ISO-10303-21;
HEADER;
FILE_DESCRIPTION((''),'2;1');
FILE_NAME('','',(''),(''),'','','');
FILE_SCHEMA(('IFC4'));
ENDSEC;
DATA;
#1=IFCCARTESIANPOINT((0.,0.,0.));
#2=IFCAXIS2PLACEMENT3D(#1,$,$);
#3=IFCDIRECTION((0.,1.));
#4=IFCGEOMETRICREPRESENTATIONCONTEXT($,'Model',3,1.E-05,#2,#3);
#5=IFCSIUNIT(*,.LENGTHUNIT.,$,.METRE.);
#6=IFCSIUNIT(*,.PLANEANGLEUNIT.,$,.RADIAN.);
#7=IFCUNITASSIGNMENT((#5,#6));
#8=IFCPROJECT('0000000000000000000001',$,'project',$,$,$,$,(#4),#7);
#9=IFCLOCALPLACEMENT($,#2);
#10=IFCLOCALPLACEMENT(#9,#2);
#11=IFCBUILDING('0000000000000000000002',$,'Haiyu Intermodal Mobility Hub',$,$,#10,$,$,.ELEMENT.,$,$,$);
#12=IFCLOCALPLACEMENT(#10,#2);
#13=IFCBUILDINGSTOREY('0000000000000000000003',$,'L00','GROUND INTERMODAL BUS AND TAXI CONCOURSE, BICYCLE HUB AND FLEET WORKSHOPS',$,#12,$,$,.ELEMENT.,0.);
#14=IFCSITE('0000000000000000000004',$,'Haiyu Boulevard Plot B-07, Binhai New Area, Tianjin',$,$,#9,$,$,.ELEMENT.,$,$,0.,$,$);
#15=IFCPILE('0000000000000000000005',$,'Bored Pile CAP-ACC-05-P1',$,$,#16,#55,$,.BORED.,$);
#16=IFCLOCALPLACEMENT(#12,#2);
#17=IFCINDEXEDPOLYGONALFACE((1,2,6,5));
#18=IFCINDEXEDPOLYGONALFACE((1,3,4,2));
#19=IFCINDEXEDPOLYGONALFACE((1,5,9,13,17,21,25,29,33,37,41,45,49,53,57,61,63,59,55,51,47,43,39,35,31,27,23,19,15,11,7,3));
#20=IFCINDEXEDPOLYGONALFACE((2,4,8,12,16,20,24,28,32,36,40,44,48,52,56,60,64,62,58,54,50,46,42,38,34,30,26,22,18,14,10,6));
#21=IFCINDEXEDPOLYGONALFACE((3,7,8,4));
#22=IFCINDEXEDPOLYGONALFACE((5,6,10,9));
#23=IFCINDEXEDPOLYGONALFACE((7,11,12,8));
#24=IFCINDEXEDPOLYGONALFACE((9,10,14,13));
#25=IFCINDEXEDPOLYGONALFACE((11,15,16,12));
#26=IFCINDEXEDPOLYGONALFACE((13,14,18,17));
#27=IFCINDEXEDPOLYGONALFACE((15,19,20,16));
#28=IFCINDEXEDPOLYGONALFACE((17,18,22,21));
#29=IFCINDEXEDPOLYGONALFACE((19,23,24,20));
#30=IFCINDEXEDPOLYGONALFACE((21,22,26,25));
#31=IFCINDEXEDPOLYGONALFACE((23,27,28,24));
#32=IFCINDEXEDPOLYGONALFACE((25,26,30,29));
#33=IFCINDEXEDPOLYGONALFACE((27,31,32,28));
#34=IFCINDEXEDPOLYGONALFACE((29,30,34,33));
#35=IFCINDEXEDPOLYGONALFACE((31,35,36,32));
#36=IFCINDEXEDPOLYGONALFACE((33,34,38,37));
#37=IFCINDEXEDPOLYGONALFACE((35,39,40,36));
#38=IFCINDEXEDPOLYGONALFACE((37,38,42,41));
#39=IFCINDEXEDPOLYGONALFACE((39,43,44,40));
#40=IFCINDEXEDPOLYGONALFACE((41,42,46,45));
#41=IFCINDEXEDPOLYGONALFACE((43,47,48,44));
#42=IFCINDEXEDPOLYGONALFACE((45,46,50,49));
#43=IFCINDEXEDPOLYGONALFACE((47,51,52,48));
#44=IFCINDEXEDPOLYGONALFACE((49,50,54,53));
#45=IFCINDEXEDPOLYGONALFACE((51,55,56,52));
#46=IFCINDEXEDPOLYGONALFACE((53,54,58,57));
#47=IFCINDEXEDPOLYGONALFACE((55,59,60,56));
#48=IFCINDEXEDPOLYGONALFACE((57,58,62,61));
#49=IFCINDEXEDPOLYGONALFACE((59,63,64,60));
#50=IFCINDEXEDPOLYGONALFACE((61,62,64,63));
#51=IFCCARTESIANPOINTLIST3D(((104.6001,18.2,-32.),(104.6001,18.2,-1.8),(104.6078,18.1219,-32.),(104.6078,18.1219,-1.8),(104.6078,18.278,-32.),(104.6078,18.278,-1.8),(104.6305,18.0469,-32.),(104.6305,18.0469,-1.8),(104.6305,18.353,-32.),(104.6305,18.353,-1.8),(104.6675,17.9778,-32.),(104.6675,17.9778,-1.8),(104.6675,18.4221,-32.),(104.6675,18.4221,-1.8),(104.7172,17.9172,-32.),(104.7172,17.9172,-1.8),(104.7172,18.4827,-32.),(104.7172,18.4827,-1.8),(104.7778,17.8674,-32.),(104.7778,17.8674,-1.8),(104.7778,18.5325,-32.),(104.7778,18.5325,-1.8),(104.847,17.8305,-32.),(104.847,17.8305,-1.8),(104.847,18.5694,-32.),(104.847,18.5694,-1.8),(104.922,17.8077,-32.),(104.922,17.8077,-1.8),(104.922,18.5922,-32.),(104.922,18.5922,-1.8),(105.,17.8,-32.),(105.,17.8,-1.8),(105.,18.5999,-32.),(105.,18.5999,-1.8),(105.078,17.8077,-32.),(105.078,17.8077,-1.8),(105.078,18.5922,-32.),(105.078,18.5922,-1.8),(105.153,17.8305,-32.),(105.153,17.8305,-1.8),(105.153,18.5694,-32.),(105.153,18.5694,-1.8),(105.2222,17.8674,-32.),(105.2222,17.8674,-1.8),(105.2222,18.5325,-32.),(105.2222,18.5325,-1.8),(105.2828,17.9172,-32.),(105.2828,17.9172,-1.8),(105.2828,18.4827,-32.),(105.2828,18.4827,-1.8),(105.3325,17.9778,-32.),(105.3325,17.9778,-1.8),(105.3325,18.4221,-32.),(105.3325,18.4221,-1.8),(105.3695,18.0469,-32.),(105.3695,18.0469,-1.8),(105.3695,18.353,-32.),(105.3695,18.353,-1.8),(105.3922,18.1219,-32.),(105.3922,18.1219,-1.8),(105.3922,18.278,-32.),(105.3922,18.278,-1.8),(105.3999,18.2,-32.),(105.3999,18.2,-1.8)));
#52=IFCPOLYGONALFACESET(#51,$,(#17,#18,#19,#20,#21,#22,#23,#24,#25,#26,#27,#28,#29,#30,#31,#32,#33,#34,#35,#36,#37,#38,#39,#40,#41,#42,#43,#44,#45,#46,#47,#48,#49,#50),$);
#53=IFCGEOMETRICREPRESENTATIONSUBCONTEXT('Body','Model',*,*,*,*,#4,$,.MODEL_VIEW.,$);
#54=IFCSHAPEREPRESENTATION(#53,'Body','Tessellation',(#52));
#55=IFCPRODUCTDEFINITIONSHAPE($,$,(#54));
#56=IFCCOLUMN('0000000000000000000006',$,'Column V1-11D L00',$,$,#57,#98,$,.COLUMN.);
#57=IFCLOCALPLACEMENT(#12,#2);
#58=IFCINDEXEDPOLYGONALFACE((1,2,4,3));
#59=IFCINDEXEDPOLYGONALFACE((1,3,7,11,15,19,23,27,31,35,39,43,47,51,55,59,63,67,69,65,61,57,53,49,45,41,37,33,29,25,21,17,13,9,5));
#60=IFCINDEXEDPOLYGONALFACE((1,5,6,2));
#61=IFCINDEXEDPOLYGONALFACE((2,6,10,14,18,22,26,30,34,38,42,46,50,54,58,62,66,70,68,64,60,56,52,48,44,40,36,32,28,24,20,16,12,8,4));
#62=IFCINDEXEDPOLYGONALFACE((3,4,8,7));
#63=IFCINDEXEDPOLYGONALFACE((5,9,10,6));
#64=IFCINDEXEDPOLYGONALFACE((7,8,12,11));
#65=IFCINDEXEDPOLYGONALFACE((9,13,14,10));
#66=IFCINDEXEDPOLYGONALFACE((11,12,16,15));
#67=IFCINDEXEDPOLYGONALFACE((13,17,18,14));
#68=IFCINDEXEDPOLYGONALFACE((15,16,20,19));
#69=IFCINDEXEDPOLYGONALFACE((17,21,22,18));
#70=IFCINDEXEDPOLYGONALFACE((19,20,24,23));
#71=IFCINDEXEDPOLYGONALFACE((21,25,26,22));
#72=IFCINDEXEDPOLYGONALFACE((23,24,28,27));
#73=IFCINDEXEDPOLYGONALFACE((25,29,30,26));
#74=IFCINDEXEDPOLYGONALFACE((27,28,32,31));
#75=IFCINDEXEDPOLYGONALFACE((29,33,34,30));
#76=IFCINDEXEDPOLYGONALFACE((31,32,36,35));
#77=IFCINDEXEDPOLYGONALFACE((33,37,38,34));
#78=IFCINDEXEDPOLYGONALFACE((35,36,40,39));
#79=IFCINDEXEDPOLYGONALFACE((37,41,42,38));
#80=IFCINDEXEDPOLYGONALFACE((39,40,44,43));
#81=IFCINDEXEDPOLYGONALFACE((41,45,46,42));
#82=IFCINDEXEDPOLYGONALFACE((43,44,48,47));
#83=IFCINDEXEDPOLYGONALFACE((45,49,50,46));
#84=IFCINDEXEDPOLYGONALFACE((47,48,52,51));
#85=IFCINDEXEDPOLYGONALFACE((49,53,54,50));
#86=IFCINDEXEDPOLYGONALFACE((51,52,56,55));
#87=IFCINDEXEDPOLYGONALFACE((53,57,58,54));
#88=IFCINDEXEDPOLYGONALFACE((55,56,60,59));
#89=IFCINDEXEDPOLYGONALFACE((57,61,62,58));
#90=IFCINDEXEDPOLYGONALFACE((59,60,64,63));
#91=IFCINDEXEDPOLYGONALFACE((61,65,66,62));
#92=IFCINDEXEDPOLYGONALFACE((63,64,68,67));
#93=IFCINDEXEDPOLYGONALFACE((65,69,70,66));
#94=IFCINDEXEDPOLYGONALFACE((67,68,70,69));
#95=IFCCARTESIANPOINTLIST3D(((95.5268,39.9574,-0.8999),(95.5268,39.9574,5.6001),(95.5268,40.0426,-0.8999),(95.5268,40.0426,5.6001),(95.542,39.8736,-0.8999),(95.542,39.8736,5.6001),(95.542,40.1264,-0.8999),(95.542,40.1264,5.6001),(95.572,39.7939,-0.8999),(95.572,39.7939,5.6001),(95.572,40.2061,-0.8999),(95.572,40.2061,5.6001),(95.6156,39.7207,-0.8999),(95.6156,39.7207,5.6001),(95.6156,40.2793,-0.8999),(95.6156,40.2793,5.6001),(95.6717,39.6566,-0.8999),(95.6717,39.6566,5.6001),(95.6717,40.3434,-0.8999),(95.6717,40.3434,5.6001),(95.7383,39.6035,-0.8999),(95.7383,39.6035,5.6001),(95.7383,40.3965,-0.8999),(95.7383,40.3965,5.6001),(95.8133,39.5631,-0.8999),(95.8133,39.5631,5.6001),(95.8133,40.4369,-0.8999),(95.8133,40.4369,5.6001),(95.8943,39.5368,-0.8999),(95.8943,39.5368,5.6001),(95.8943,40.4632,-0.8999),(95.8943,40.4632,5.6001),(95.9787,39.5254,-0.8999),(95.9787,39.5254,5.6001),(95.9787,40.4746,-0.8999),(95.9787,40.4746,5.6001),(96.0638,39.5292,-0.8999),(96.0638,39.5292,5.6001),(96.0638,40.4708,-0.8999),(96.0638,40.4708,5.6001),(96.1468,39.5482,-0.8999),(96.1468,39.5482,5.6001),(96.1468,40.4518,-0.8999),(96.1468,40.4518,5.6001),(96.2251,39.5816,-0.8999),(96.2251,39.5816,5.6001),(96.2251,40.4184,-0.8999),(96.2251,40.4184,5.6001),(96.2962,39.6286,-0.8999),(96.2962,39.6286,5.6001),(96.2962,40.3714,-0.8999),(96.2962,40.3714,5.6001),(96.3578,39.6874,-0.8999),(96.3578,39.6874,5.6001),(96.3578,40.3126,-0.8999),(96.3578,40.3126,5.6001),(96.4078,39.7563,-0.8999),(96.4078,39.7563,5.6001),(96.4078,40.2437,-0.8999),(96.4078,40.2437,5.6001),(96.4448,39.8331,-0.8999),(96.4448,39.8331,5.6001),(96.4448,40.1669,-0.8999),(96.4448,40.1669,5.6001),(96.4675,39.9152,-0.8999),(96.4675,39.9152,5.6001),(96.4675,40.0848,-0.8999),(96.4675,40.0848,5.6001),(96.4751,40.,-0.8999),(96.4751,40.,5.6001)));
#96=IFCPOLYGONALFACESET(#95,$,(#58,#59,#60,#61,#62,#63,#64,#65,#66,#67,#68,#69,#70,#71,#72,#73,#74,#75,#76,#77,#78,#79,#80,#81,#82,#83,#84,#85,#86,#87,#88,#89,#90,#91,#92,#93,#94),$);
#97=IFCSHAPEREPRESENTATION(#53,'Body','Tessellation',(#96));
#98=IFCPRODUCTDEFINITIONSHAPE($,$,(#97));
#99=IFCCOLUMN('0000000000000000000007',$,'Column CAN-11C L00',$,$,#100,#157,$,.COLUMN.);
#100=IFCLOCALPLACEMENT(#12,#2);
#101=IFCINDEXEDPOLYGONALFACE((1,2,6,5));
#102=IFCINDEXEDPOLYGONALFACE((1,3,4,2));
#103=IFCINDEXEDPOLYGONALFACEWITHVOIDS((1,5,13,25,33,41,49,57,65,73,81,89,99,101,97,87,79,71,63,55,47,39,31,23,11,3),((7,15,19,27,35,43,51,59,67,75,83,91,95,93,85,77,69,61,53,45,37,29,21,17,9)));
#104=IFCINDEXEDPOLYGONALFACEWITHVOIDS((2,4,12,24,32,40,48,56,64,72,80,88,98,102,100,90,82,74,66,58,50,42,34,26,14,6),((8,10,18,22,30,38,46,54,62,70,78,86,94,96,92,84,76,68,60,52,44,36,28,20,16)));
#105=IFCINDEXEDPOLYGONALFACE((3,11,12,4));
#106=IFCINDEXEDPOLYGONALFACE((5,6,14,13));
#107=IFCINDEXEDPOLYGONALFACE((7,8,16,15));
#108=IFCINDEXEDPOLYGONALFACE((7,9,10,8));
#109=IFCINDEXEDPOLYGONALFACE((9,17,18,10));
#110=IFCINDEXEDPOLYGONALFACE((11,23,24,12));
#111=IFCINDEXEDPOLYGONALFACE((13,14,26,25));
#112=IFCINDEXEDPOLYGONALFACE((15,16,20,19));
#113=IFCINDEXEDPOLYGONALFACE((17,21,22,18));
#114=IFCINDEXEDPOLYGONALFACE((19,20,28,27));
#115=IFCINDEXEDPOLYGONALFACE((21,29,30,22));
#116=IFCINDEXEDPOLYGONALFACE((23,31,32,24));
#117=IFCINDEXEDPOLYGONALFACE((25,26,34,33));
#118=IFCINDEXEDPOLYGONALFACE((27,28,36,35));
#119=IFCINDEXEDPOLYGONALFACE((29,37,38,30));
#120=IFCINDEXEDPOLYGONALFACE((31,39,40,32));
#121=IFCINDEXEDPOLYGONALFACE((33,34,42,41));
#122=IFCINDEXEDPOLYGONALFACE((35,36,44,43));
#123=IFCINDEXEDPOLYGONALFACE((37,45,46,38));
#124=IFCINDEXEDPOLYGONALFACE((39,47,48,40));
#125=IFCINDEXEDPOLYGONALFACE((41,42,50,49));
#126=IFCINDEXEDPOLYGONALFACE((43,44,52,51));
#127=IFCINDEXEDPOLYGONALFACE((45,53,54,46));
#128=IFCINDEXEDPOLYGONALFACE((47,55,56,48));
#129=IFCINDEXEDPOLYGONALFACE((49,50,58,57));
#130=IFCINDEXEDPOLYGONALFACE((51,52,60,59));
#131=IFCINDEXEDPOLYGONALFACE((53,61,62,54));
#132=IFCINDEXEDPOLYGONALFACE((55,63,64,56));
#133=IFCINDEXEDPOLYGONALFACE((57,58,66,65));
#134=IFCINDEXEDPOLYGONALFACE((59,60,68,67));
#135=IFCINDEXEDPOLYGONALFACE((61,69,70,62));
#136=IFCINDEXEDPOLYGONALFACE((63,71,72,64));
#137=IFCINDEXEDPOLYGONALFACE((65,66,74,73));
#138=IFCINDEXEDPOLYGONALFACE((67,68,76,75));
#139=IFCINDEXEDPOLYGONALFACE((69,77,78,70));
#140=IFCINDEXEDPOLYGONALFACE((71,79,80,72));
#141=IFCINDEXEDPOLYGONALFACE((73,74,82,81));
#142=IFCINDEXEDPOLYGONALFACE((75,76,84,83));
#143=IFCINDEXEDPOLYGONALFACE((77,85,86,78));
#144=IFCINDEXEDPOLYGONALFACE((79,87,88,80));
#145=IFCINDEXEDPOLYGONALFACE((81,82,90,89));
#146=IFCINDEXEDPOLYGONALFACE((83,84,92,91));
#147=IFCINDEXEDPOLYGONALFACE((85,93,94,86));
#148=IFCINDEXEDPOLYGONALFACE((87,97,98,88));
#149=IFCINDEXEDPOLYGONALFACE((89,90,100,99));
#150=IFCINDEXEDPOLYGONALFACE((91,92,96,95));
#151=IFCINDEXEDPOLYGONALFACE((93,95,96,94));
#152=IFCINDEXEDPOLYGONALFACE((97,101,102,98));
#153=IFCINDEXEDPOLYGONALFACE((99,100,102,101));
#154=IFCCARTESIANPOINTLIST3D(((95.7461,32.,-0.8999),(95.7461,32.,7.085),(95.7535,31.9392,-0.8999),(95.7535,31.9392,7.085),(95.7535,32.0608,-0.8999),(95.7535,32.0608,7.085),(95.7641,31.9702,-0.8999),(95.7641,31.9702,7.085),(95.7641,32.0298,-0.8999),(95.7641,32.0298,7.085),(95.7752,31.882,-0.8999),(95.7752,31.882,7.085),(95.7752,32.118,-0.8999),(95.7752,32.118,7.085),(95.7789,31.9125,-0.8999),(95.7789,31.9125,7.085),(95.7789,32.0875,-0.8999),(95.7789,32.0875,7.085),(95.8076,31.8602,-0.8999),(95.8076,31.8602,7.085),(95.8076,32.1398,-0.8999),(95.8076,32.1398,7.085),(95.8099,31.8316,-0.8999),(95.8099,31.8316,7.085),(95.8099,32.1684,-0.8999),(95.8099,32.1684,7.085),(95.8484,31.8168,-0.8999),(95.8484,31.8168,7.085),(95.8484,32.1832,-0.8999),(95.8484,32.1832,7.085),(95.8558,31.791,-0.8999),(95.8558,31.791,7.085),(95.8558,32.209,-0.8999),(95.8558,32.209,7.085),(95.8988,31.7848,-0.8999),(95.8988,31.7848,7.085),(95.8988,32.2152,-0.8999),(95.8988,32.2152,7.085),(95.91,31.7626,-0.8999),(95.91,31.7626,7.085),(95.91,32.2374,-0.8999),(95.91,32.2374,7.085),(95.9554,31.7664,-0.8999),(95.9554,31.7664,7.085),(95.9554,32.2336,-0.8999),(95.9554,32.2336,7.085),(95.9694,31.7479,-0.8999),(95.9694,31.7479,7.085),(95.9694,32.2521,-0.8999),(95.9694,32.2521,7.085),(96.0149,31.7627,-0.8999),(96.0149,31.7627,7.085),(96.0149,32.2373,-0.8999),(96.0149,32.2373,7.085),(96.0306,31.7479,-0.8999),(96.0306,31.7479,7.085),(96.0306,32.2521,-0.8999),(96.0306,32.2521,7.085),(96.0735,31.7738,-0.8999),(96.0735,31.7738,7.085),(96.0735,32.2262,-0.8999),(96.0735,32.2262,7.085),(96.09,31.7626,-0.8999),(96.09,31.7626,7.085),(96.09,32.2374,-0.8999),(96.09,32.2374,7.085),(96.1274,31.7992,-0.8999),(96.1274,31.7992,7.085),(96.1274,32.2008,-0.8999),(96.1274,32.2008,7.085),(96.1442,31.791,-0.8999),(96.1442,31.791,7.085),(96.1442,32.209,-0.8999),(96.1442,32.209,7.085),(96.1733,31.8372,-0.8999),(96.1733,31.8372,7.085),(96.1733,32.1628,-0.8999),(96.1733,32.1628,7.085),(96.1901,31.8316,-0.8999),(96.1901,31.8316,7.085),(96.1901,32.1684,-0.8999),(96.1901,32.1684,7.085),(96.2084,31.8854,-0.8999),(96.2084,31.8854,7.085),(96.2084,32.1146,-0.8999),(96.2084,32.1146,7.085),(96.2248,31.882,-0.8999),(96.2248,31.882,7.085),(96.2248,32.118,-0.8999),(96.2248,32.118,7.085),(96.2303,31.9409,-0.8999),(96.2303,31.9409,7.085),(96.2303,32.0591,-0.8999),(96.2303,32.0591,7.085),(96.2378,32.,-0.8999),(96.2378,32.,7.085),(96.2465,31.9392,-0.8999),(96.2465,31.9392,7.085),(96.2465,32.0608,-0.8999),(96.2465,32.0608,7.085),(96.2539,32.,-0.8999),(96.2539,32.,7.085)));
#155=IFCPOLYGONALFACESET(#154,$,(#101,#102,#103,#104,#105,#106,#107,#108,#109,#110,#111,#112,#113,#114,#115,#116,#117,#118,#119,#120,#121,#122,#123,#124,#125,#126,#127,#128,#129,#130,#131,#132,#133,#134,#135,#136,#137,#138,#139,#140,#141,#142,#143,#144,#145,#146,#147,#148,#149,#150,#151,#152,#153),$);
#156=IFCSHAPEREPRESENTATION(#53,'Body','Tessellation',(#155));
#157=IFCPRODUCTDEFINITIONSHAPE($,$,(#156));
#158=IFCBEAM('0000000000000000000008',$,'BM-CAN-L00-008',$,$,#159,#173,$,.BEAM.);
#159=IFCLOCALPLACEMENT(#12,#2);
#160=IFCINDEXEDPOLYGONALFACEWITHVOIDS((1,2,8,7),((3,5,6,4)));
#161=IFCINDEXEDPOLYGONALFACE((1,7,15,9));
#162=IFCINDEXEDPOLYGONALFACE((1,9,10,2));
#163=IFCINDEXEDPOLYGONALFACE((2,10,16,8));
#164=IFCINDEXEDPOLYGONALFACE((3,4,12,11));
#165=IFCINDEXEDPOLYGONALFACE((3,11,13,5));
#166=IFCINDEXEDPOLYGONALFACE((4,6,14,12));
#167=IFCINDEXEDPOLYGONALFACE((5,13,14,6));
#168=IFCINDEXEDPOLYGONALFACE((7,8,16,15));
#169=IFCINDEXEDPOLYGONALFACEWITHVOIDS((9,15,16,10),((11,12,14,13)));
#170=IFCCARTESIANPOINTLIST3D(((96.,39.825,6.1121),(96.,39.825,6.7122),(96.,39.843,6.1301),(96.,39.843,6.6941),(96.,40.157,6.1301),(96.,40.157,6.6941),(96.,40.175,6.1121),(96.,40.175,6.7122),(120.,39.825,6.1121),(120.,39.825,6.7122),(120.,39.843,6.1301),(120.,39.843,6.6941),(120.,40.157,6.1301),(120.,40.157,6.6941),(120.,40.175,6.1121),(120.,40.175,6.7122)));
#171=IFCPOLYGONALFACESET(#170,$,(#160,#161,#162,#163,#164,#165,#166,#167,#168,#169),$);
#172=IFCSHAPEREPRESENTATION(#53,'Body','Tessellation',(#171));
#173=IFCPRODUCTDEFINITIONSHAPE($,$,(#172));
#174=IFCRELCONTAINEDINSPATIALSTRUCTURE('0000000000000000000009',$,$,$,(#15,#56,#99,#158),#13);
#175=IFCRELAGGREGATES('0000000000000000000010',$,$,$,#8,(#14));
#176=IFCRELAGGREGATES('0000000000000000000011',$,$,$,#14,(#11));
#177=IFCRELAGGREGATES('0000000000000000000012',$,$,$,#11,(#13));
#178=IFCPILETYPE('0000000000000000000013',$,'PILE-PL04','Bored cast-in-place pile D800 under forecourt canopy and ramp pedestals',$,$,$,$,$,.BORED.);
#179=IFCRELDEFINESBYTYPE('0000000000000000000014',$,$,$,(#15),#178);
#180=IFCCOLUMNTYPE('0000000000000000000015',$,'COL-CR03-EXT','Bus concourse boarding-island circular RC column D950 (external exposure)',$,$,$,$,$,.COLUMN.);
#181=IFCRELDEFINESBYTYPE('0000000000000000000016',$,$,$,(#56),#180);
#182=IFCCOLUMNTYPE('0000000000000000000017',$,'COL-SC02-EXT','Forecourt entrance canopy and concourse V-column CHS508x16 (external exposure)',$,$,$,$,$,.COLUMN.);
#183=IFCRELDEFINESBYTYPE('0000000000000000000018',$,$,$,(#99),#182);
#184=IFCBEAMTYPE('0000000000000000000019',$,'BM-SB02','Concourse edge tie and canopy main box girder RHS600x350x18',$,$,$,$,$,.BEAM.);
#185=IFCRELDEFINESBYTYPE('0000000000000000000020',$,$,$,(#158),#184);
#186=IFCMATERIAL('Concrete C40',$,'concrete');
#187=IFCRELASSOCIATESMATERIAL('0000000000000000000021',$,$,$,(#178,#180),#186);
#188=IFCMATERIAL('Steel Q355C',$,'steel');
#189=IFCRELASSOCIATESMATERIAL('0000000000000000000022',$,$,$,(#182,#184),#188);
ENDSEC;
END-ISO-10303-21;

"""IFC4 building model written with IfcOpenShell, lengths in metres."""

from ifc_helpers import new_model, si_unit, direction, frame, origin, origin_2d, place, context, subcontext, project, spatial, hollow_rectangle, circle, hollow_circle, extrude, material, material_profile, profile_set, type_object, element, save


model = new_model("IFC4")

# Units and contexts
model_context = context("Model", 3, precision=1e-05, world=origin(), true_north=direction((0.0, 1.0)))
body_context = subcontext(model_context, "Body", "Model", "MODEL_VIEW")
ifc_project = project(units=[si_unit("LENGTHUNIT", "METRE"), si_unit("PLANEANGLEUNIT", "RADIAN")], contexts=[model_context])

# Site, building, storey
site_placement = place(None, origin())
site = spatial("IfcSite", under=ifc_project, at=site_placement, Name="Haiyu Boulevard Plot B-07, Binhai New Area, Tianjin", CompositionType="ELEMENT", RefElevation=0.0)
building_placement = place(site_placement, origin())
building = spatial("IfcBuilding", under=site, at=building_placement, Name="Haiyu Intermodal Mobility Hub", CompositionType="ELEMENT")
storey_placement = place(building_placement, origin())
storey = spatial("IfcBuildingStorey", under=building, at=storey_placement, Name="L00", Description="GROUND INTERMODAL BUS AND TAXI CONCOURSE, BICYCLE HUB AND FLEET WORKSHOPS", CompositionType="ELEMENT", Elevation=0.0)

# Shared definitions
ifc_material_1 = material(Name="Concrete C40", Category="concrete")

# Pile
ifc_material_profile_1 = material_profile(ifc_material_1, circle(Radius=0.3999, at=origin_2d()), Name="PILE-D800")
ifc_profile_set_1 = profile_set([ifc_material_profile_1], Name="Concrete C40")
pile_type_1 = type_object("IfcPileType", Name="PILE-PL04", Description="Bored cast-in-place pile D800 under forecourt canopy and ramp pedestals", PredefinedType="BORED", material=ifc_profile_set_1)
pile_1_placement = place(storey_placement, frame((105.0, 18.2, -1.8), z_axis=(0.0, 0.0, -1.0), x_axis=(1.0, 0.0, 0.0)))
element("IfcPile", 1, at=pile_1_placement, inside=storey, type_object=pile_type_1, Name="Bored Pile CAP-ACC-05-P1", PredefinedType="BORED", context=body_context, shape_type="SweptSolid", body=[
    extrude(circle(Radius=0.3999, at=origin_2d()), origin(), (0.0, 0.0, 1.0), 30.2),
])

# Columns
ifc_material_profile_2 = material_profile(ifc_material_1, circle(Radius=0.4751, at=origin_2d()), Name="RCCOL-D950")
ifc_profile_set_2 = profile_set([ifc_material_profile_2], Name="Concrete C40")
column_type_1 = type_object("IfcColumnType", Name="COL-CR03-EXT", Description="Bus concourse boarding-island circular RC column D950 (external exposure)", PredefinedType="COLUMN", material=ifc_profile_set_2)
column_1_placement = place(storey_placement, frame((96.0, 40.0, -0.8999), z_axis=(0.0, 0.0, 1.0), x_axis=(1.0, 0.0, 0.0)))
element("IfcColumn", 2, at=column_1_placement, inside=storey, type_object=column_type_1, Name="Column V1-11D L00", PredefinedType="COLUMN", context=body_context, shape_type="SweptSolid", body=[
    extrude(circle(Radius=0.4751, at=origin_2d()), origin(), (0.0, 0.0, 1.0), 6.5),
])
ifc_material_2 = material(Name="Steel Q355C", Category="steel")
ifc_material_profile_3 = material_profile(ifc_material_2, hollow_circle(Radius=0.2539, WallThickness=0.0161, at=origin_2d()), Name="CHS508x16")
ifc_profile_set_3 = profile_set([ifc_material_profile_3], Name="Steel Q355C")
column_type_2 = type_object("IfcColumnType", Name="COL-SC02-EXT", Description="Forecourt entrance canopy and concourse V-column CHS508x16 (external exposure)", PredefinedType="COLUMN", material=ifc_profile_set_3)
column_2_placement = place(storey_placement, frame((96.0, 32.0, -0.8999), z_axis=(0.0, 0.0, 1.0), x_axis=(1.0, 0.0, 0.0)))
element("IfcColumn", 3, at=column_2_placement, inside=storey, type_object=column_type_2, Name="Column CAN-11C L00", PredefinedType="COLUMN", context=body_context, shape_type="SweptSolid", body=[
    extrude(hollow_circle(Radius=0.2539, WallThickness=0.0161, at=origin_2d()), origin(), (0.0, 0.0, 1.0), 7.9849),
])

# Beam
ifc_material_profile_4 = material_profile(ifc_material_2, hollow_rectangle(XDim=0.3501, YDim=0.6001, WallThickness=0.0181, at=origin_2d()), Name="RHS600x350x18")
ifc_profile_set_4 = profile_set([ifc_material_profile_4], Name="Steel Q355C")
beam_type_1 = type_object("IfcBeamType", Name="BM-SB02", Description="Concourse edge tie and canopy main box girder RHS600x350x18", PredefinedType="BEAM", material=ifc_profile_set_4)
beam_1_placement = place(storey_placement, frame((96.0, 40.0, 6.4121), z_axis=(1.0, 0.0, 0.0), x_axis=(0.0, 1.0, 0.0)))
element("IfcBeam", 4, at=beam_1_placement, inside=storey, type_object=beam_type_1, Name="BM-CAN-L00-008", PredefinedType="BEAM", context=body_context, shape_type="SweptSolid", body=[
    extrude(hollow_rectangle(XDim=0.3501, YDim=0.6001, WallThickness=0.0181, at=origin_2d()), origin(), (0.0, 0.0, 1.0), 24.0),
])

save(model, "model.ifc")
